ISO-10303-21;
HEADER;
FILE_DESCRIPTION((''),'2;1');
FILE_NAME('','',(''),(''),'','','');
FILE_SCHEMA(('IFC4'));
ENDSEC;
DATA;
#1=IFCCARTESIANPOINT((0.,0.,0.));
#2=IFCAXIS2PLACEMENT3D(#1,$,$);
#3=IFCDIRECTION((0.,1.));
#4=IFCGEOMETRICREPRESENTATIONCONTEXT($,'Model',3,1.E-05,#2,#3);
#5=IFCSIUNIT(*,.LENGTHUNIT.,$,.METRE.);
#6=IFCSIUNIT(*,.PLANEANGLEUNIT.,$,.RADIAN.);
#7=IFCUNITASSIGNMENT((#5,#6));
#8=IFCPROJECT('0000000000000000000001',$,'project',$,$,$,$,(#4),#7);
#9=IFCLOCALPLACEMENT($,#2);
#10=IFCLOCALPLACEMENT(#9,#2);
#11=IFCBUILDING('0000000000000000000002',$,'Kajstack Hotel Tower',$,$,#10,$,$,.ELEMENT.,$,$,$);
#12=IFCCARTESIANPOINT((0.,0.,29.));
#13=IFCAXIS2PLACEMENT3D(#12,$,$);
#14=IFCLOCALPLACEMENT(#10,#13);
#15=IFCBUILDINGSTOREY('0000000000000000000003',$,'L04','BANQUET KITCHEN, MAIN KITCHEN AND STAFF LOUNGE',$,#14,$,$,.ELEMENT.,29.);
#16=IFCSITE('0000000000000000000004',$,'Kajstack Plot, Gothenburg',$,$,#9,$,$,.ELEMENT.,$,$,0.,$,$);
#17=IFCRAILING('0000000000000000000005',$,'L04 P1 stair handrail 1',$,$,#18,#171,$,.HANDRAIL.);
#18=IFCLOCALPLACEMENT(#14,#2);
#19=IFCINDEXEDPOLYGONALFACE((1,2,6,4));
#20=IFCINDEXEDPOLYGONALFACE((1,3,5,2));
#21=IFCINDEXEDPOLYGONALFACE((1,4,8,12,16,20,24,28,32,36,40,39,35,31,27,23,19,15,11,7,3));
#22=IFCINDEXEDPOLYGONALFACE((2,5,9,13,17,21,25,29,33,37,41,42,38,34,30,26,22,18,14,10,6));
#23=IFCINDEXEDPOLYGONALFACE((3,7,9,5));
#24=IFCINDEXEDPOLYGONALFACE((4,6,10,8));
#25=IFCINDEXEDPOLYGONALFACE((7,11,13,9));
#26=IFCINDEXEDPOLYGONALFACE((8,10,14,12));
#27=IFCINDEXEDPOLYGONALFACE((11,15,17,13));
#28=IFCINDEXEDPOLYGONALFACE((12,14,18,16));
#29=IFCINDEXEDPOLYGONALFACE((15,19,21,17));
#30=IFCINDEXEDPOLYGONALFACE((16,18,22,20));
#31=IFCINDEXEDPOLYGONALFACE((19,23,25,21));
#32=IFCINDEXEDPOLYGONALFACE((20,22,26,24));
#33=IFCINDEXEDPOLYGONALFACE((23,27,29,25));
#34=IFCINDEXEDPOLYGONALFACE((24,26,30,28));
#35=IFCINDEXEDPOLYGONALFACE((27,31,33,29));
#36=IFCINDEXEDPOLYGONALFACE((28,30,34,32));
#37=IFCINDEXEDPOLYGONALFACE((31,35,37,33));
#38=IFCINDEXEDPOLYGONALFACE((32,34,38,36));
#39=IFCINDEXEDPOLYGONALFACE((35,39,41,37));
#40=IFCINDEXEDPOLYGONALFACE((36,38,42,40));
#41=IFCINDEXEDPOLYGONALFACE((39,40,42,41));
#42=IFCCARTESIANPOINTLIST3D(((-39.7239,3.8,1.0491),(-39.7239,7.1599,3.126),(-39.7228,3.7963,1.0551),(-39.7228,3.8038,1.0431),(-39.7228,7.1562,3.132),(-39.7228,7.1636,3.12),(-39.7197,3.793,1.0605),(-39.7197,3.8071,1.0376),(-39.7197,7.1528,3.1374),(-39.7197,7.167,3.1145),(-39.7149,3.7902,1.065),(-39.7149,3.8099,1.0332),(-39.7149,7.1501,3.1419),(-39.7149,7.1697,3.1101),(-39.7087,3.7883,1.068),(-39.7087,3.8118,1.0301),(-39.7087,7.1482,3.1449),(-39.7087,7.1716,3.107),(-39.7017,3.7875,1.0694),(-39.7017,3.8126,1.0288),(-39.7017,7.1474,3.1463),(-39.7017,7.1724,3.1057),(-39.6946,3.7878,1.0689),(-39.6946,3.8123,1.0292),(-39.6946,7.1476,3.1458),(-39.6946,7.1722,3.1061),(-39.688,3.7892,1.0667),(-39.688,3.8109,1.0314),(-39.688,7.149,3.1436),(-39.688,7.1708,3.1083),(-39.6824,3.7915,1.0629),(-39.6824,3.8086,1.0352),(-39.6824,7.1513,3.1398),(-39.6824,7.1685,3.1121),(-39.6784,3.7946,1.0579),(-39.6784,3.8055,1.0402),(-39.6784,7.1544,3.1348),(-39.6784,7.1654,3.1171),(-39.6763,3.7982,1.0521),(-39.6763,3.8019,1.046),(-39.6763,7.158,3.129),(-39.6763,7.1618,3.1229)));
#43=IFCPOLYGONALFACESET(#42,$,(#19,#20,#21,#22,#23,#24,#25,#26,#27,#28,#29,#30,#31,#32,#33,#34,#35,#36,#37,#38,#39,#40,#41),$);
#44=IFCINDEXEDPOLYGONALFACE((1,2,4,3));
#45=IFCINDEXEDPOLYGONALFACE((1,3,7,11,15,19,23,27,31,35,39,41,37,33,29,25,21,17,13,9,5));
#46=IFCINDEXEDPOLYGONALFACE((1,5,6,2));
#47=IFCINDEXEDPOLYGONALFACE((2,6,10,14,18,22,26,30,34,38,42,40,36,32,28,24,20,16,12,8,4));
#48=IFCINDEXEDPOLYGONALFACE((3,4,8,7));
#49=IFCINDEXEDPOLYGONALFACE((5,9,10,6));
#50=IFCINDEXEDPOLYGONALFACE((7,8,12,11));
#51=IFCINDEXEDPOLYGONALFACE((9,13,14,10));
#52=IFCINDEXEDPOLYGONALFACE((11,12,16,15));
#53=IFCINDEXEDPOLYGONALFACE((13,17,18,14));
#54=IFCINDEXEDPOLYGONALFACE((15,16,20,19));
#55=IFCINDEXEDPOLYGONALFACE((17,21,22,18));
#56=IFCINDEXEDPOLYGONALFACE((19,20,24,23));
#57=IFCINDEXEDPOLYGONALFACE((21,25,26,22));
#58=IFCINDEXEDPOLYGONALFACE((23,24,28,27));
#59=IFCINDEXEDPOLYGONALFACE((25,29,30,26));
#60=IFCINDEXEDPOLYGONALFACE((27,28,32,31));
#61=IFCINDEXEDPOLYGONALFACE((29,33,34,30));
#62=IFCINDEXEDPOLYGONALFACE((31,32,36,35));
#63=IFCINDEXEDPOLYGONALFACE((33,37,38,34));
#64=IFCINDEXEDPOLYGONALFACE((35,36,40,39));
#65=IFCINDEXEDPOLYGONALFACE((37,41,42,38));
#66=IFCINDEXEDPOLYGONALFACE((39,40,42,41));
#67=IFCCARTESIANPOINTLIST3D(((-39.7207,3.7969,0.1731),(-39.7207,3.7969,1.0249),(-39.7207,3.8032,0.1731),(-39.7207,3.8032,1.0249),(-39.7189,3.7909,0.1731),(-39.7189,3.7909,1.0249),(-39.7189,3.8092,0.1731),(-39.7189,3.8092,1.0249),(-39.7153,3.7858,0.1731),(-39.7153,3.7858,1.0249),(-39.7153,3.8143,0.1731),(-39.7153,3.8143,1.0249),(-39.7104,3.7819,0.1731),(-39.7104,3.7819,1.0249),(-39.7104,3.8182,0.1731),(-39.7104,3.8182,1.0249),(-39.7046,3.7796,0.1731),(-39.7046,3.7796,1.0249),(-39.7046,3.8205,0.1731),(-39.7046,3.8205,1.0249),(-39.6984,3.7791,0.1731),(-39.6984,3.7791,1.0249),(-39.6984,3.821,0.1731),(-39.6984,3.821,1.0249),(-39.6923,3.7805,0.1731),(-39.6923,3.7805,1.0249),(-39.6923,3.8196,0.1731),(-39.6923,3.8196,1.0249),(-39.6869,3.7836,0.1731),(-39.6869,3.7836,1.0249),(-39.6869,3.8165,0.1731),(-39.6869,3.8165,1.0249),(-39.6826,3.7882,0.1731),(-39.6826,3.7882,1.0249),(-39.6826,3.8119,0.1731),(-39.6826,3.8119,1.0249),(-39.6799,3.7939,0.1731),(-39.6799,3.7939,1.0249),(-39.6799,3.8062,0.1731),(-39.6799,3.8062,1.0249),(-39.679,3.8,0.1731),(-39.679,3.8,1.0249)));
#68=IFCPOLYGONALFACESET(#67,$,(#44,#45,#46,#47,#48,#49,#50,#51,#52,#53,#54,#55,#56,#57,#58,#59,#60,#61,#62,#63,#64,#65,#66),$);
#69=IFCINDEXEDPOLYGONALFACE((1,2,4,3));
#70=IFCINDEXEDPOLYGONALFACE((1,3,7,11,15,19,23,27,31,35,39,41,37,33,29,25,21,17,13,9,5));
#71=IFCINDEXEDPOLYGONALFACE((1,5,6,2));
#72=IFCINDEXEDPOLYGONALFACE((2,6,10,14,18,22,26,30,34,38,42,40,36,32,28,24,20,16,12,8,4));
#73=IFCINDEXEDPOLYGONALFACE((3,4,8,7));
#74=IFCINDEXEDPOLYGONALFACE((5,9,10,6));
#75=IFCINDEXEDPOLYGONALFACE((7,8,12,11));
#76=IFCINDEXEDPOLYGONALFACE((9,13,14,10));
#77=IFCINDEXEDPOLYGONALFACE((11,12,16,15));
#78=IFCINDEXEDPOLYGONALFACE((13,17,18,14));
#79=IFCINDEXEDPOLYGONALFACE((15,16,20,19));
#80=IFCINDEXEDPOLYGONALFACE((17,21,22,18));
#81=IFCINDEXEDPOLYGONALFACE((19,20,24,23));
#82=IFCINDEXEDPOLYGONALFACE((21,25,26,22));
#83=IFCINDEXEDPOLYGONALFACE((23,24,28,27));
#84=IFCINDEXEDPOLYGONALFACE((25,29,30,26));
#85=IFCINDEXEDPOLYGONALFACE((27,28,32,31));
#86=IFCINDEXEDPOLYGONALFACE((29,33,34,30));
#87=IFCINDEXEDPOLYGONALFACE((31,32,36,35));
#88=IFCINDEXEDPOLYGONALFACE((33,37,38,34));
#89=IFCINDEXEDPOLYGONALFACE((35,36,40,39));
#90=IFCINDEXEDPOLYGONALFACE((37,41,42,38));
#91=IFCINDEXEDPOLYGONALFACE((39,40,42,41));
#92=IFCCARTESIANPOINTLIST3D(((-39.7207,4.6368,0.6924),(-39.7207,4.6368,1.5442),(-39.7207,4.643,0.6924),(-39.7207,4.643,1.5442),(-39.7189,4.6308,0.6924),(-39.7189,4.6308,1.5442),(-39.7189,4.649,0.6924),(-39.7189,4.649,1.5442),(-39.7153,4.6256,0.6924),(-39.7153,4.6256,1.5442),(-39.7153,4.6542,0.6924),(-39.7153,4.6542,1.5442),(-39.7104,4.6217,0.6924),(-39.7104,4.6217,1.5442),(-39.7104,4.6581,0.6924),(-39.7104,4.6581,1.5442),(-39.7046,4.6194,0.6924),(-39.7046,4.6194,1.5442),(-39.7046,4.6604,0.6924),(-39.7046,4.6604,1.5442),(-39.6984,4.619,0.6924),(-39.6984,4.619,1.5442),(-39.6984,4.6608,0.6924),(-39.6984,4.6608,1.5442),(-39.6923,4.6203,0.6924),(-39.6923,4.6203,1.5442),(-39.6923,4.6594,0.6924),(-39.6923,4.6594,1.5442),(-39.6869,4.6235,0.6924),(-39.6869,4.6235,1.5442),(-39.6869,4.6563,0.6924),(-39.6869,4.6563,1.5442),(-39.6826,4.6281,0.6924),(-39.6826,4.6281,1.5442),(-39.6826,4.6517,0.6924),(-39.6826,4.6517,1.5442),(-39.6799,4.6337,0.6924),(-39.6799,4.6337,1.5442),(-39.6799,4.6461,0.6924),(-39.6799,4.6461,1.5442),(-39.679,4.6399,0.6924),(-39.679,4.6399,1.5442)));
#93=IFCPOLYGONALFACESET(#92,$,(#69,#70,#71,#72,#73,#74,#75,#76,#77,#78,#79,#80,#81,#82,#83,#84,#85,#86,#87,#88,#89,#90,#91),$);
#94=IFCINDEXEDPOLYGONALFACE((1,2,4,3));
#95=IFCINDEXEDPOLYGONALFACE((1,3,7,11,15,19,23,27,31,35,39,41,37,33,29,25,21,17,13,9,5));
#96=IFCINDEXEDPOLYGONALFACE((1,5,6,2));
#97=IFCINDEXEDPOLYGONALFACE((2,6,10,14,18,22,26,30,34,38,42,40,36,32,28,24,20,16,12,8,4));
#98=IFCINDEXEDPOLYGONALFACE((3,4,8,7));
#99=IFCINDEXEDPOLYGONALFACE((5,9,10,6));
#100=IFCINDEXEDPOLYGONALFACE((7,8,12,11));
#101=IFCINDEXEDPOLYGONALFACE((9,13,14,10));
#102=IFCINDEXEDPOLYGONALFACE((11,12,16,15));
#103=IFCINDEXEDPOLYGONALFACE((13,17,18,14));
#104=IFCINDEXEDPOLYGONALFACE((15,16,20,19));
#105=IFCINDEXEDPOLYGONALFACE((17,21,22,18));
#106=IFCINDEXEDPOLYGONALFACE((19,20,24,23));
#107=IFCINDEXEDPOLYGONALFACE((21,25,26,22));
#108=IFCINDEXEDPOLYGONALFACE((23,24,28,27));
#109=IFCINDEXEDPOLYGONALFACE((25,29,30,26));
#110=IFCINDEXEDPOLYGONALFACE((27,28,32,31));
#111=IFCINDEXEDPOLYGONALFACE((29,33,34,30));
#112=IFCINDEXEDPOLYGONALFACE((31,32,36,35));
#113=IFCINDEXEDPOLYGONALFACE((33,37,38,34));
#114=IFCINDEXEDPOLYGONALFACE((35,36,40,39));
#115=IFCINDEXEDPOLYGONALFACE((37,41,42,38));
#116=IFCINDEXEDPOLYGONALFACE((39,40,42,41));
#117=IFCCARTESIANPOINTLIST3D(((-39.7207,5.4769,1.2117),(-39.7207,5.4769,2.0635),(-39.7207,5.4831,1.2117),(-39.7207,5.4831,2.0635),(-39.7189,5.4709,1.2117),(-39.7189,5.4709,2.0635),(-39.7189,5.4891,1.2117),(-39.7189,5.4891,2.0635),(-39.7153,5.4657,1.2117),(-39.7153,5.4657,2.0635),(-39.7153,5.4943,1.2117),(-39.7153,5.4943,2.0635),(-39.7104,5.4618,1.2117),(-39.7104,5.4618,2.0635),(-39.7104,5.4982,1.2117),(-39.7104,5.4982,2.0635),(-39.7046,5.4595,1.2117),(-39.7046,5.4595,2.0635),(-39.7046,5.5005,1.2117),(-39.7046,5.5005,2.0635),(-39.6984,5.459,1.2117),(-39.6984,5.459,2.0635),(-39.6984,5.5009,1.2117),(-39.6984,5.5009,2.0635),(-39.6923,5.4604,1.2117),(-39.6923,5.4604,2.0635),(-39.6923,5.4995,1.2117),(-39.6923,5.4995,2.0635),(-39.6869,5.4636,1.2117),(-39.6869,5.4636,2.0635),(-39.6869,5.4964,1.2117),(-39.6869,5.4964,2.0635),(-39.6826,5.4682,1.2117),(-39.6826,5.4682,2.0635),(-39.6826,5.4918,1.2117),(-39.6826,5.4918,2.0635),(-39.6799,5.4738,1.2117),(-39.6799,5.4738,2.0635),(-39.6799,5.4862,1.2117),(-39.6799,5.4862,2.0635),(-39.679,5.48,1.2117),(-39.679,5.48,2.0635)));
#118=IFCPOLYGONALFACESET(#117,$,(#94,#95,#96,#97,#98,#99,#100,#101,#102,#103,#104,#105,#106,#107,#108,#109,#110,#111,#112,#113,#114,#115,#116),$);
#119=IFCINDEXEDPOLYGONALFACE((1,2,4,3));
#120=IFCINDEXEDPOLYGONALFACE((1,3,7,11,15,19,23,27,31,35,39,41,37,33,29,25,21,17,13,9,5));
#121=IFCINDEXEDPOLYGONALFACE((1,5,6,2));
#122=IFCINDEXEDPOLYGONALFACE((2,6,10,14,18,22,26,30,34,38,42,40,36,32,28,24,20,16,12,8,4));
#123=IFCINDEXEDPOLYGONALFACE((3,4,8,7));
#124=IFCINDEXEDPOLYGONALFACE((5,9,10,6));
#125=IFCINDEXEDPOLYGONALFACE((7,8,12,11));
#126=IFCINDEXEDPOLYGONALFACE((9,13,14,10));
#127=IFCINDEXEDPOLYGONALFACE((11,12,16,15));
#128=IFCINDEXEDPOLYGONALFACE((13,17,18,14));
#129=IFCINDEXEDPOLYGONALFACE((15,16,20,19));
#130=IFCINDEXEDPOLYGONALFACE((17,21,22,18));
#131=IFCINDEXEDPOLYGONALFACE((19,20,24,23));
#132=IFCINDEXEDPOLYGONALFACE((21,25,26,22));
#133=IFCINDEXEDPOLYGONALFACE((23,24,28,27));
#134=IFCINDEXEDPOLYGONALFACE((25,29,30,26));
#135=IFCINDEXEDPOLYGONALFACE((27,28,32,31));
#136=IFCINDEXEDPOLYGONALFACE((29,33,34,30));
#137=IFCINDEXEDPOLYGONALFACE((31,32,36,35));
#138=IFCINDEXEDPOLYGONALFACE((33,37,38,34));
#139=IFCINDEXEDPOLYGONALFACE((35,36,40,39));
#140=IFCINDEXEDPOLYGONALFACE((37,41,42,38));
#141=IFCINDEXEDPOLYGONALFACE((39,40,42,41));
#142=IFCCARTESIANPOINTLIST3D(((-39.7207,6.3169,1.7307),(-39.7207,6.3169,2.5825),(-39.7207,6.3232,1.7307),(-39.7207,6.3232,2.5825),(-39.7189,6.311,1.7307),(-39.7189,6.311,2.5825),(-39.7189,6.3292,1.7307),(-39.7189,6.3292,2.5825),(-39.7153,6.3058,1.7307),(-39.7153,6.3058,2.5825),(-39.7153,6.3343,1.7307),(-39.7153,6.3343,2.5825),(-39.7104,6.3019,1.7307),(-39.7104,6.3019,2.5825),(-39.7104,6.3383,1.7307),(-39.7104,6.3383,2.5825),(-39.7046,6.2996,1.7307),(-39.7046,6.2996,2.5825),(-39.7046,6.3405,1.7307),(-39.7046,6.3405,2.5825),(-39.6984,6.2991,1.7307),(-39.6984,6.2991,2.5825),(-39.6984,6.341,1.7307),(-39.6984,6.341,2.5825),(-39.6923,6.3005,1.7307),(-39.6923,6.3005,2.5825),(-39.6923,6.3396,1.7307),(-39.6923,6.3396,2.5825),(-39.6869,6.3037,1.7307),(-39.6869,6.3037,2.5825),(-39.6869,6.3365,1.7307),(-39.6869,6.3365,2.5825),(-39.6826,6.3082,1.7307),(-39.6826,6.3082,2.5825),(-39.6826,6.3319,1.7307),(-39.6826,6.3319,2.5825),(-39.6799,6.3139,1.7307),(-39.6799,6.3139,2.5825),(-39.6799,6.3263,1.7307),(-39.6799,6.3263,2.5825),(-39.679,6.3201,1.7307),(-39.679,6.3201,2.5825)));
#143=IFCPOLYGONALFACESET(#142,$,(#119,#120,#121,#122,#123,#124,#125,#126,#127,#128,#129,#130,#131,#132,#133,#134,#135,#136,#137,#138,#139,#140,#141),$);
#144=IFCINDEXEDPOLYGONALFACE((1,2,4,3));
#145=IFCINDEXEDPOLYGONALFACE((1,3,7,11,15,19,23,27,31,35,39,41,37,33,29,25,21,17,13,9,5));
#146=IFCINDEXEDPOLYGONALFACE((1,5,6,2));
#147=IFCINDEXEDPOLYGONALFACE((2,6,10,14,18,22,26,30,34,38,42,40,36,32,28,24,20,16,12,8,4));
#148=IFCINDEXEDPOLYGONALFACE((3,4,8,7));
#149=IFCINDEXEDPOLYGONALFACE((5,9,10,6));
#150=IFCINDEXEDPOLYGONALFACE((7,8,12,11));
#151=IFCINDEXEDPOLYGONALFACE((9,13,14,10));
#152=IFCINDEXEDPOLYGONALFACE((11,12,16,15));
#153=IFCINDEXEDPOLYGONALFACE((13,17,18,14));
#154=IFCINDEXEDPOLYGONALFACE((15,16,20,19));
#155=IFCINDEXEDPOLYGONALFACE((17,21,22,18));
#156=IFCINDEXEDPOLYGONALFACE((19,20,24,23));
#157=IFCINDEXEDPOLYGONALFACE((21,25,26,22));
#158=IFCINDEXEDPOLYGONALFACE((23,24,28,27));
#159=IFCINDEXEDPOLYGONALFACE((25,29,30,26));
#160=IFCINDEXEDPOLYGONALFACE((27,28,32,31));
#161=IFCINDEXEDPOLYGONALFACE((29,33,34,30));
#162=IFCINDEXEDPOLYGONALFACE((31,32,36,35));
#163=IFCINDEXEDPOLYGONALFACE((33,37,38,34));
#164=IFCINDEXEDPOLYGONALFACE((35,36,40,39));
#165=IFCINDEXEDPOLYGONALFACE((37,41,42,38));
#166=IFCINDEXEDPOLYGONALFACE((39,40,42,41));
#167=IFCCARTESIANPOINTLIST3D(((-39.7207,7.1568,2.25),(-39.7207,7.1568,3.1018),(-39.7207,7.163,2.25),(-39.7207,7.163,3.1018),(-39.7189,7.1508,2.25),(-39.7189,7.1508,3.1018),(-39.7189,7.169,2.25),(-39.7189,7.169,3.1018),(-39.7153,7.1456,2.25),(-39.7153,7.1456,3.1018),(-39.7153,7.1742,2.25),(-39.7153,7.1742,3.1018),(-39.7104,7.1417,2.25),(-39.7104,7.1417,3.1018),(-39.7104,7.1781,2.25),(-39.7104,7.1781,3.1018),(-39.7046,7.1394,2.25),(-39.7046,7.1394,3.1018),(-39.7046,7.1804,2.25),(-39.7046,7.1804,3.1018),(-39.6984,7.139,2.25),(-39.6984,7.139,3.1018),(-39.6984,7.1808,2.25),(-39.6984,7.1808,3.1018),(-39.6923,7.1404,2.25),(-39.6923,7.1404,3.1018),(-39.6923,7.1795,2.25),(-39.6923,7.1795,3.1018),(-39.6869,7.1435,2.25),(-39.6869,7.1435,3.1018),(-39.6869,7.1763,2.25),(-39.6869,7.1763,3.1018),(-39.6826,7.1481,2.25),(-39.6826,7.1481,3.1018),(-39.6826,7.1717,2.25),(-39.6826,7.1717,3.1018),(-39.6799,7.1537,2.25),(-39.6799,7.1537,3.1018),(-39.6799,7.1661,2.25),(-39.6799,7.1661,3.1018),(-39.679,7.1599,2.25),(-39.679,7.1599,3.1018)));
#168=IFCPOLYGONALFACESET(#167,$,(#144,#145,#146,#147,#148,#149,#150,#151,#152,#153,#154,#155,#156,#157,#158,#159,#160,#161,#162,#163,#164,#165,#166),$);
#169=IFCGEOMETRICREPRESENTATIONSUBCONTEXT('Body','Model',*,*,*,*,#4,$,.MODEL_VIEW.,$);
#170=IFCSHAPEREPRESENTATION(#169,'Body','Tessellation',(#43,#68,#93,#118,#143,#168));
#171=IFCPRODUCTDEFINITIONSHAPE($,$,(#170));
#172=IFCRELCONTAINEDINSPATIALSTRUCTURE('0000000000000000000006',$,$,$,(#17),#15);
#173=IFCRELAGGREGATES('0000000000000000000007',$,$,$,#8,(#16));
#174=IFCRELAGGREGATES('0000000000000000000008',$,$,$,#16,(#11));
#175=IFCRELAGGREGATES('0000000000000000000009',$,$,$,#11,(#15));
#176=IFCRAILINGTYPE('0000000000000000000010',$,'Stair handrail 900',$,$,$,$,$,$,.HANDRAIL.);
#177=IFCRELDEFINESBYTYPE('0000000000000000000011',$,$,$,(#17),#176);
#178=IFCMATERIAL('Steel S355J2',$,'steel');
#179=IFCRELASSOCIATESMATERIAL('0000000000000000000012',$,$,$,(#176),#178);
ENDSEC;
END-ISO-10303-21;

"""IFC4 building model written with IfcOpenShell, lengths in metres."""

from ifc_helpers import new_model, si_unit, direction, frame, origin, origin_2d, place, context, subcontext, project, spatial, circle, extrude, material, type_object, element, save


model = new_model("IFC4")

# Units and contexts
model_context = context("Model", 3, precision=1e-05, world=origin(), true_north=direction((0.0, 1.0)))
body_context = subcontext(model_context, "Body", "Model", "MODEL_VIEW")
ifc_project = project(units=[si_unit("LENGTHUNIT", "METRE"), si_unit("PLANEANGLEUNIT", "RADIAN")], contexts=[model_context])

# Site, building, storey
site_placement = place(None, origin())
site = spatial("IfcSite", under=ifc_project, at=site_placement, Name="Kajstack Plot, Gothenburg", CompositionType="ELEMENT", RefElevation=0.0)
building_placement = place(site_placement, origin())
building = spatial("IfcBuilding", under=site, at=building_placement, Name="Kajstack Hotel Tower", CompositionType="ELEMENT")
storey_placement = place(building_placement, frame((0.0, 0.0, 29.0)))
storey = spatial("IfcBuildingStorey", under=building, at=storey_placement, Name="L04", Description="BANQUET KITCHEN, MAIN KITCHEN AND STAFF LOUNGE", CompositionType="ELEMENT", Elevation=29.0)

# Railing
ifc_material_1 = material(Name="Steel S355J2", Category="steel")
railing_type = type_object("IfcRailingType", Name="Stair handrail 900", PredefinedType="HANDRAIL", material=ifc_material_1)
railing_1_placement = place(storey_placement, frame((-39.7, 3.8, 0.1731)))
element("IfcRailing", 1, at=railing_1_placement, inside=storey, type_object=railing_type, Name="L04 P1 stair handrail 1", PredefinedType="HANDRAIL", context=body_context, shape_type="SweptSolid", body=[
    extrude(circle(Radius=0.0239, at=origin_2d()), frame((0.0, 0.0, 0.876), z_axis=(0.0, 0.850606, 0.525803), x_axis=(-1.0, 0.0, 0.0)), (0.0, 0.0, 1.0), 3.95),
    extrude(circle(Radius=0.021, at=origin_2d()), origin(), (0.0, 0.0, 1.0), 0.8518),
    extrude(circle(Radius=0.021, at=origin_2d()), frame((0.0, 0.8398, 0.5193)), (0.0, 0.0, 1.0), 0.8518),
    extrude(circle(Radius=0.021, at=origin_2d()), frame((0.0, 1.6799, 1.0386)), (0.0, 0.0, 1.0), 0.8518),
    extrude(circle(Radius=0.021, at=origin_2d()), frame((0.0, 2.52, 1.5576)), (0.0, 0.0, 1.0), 0.8518),
    extrude(circle(Radius=0.021, at=origin_2d()), frame((0.0, 3.3599, 2.0769)), (0.0, 0.0, 1.0), 0.8518),
])

save(model, "model.ifc")
